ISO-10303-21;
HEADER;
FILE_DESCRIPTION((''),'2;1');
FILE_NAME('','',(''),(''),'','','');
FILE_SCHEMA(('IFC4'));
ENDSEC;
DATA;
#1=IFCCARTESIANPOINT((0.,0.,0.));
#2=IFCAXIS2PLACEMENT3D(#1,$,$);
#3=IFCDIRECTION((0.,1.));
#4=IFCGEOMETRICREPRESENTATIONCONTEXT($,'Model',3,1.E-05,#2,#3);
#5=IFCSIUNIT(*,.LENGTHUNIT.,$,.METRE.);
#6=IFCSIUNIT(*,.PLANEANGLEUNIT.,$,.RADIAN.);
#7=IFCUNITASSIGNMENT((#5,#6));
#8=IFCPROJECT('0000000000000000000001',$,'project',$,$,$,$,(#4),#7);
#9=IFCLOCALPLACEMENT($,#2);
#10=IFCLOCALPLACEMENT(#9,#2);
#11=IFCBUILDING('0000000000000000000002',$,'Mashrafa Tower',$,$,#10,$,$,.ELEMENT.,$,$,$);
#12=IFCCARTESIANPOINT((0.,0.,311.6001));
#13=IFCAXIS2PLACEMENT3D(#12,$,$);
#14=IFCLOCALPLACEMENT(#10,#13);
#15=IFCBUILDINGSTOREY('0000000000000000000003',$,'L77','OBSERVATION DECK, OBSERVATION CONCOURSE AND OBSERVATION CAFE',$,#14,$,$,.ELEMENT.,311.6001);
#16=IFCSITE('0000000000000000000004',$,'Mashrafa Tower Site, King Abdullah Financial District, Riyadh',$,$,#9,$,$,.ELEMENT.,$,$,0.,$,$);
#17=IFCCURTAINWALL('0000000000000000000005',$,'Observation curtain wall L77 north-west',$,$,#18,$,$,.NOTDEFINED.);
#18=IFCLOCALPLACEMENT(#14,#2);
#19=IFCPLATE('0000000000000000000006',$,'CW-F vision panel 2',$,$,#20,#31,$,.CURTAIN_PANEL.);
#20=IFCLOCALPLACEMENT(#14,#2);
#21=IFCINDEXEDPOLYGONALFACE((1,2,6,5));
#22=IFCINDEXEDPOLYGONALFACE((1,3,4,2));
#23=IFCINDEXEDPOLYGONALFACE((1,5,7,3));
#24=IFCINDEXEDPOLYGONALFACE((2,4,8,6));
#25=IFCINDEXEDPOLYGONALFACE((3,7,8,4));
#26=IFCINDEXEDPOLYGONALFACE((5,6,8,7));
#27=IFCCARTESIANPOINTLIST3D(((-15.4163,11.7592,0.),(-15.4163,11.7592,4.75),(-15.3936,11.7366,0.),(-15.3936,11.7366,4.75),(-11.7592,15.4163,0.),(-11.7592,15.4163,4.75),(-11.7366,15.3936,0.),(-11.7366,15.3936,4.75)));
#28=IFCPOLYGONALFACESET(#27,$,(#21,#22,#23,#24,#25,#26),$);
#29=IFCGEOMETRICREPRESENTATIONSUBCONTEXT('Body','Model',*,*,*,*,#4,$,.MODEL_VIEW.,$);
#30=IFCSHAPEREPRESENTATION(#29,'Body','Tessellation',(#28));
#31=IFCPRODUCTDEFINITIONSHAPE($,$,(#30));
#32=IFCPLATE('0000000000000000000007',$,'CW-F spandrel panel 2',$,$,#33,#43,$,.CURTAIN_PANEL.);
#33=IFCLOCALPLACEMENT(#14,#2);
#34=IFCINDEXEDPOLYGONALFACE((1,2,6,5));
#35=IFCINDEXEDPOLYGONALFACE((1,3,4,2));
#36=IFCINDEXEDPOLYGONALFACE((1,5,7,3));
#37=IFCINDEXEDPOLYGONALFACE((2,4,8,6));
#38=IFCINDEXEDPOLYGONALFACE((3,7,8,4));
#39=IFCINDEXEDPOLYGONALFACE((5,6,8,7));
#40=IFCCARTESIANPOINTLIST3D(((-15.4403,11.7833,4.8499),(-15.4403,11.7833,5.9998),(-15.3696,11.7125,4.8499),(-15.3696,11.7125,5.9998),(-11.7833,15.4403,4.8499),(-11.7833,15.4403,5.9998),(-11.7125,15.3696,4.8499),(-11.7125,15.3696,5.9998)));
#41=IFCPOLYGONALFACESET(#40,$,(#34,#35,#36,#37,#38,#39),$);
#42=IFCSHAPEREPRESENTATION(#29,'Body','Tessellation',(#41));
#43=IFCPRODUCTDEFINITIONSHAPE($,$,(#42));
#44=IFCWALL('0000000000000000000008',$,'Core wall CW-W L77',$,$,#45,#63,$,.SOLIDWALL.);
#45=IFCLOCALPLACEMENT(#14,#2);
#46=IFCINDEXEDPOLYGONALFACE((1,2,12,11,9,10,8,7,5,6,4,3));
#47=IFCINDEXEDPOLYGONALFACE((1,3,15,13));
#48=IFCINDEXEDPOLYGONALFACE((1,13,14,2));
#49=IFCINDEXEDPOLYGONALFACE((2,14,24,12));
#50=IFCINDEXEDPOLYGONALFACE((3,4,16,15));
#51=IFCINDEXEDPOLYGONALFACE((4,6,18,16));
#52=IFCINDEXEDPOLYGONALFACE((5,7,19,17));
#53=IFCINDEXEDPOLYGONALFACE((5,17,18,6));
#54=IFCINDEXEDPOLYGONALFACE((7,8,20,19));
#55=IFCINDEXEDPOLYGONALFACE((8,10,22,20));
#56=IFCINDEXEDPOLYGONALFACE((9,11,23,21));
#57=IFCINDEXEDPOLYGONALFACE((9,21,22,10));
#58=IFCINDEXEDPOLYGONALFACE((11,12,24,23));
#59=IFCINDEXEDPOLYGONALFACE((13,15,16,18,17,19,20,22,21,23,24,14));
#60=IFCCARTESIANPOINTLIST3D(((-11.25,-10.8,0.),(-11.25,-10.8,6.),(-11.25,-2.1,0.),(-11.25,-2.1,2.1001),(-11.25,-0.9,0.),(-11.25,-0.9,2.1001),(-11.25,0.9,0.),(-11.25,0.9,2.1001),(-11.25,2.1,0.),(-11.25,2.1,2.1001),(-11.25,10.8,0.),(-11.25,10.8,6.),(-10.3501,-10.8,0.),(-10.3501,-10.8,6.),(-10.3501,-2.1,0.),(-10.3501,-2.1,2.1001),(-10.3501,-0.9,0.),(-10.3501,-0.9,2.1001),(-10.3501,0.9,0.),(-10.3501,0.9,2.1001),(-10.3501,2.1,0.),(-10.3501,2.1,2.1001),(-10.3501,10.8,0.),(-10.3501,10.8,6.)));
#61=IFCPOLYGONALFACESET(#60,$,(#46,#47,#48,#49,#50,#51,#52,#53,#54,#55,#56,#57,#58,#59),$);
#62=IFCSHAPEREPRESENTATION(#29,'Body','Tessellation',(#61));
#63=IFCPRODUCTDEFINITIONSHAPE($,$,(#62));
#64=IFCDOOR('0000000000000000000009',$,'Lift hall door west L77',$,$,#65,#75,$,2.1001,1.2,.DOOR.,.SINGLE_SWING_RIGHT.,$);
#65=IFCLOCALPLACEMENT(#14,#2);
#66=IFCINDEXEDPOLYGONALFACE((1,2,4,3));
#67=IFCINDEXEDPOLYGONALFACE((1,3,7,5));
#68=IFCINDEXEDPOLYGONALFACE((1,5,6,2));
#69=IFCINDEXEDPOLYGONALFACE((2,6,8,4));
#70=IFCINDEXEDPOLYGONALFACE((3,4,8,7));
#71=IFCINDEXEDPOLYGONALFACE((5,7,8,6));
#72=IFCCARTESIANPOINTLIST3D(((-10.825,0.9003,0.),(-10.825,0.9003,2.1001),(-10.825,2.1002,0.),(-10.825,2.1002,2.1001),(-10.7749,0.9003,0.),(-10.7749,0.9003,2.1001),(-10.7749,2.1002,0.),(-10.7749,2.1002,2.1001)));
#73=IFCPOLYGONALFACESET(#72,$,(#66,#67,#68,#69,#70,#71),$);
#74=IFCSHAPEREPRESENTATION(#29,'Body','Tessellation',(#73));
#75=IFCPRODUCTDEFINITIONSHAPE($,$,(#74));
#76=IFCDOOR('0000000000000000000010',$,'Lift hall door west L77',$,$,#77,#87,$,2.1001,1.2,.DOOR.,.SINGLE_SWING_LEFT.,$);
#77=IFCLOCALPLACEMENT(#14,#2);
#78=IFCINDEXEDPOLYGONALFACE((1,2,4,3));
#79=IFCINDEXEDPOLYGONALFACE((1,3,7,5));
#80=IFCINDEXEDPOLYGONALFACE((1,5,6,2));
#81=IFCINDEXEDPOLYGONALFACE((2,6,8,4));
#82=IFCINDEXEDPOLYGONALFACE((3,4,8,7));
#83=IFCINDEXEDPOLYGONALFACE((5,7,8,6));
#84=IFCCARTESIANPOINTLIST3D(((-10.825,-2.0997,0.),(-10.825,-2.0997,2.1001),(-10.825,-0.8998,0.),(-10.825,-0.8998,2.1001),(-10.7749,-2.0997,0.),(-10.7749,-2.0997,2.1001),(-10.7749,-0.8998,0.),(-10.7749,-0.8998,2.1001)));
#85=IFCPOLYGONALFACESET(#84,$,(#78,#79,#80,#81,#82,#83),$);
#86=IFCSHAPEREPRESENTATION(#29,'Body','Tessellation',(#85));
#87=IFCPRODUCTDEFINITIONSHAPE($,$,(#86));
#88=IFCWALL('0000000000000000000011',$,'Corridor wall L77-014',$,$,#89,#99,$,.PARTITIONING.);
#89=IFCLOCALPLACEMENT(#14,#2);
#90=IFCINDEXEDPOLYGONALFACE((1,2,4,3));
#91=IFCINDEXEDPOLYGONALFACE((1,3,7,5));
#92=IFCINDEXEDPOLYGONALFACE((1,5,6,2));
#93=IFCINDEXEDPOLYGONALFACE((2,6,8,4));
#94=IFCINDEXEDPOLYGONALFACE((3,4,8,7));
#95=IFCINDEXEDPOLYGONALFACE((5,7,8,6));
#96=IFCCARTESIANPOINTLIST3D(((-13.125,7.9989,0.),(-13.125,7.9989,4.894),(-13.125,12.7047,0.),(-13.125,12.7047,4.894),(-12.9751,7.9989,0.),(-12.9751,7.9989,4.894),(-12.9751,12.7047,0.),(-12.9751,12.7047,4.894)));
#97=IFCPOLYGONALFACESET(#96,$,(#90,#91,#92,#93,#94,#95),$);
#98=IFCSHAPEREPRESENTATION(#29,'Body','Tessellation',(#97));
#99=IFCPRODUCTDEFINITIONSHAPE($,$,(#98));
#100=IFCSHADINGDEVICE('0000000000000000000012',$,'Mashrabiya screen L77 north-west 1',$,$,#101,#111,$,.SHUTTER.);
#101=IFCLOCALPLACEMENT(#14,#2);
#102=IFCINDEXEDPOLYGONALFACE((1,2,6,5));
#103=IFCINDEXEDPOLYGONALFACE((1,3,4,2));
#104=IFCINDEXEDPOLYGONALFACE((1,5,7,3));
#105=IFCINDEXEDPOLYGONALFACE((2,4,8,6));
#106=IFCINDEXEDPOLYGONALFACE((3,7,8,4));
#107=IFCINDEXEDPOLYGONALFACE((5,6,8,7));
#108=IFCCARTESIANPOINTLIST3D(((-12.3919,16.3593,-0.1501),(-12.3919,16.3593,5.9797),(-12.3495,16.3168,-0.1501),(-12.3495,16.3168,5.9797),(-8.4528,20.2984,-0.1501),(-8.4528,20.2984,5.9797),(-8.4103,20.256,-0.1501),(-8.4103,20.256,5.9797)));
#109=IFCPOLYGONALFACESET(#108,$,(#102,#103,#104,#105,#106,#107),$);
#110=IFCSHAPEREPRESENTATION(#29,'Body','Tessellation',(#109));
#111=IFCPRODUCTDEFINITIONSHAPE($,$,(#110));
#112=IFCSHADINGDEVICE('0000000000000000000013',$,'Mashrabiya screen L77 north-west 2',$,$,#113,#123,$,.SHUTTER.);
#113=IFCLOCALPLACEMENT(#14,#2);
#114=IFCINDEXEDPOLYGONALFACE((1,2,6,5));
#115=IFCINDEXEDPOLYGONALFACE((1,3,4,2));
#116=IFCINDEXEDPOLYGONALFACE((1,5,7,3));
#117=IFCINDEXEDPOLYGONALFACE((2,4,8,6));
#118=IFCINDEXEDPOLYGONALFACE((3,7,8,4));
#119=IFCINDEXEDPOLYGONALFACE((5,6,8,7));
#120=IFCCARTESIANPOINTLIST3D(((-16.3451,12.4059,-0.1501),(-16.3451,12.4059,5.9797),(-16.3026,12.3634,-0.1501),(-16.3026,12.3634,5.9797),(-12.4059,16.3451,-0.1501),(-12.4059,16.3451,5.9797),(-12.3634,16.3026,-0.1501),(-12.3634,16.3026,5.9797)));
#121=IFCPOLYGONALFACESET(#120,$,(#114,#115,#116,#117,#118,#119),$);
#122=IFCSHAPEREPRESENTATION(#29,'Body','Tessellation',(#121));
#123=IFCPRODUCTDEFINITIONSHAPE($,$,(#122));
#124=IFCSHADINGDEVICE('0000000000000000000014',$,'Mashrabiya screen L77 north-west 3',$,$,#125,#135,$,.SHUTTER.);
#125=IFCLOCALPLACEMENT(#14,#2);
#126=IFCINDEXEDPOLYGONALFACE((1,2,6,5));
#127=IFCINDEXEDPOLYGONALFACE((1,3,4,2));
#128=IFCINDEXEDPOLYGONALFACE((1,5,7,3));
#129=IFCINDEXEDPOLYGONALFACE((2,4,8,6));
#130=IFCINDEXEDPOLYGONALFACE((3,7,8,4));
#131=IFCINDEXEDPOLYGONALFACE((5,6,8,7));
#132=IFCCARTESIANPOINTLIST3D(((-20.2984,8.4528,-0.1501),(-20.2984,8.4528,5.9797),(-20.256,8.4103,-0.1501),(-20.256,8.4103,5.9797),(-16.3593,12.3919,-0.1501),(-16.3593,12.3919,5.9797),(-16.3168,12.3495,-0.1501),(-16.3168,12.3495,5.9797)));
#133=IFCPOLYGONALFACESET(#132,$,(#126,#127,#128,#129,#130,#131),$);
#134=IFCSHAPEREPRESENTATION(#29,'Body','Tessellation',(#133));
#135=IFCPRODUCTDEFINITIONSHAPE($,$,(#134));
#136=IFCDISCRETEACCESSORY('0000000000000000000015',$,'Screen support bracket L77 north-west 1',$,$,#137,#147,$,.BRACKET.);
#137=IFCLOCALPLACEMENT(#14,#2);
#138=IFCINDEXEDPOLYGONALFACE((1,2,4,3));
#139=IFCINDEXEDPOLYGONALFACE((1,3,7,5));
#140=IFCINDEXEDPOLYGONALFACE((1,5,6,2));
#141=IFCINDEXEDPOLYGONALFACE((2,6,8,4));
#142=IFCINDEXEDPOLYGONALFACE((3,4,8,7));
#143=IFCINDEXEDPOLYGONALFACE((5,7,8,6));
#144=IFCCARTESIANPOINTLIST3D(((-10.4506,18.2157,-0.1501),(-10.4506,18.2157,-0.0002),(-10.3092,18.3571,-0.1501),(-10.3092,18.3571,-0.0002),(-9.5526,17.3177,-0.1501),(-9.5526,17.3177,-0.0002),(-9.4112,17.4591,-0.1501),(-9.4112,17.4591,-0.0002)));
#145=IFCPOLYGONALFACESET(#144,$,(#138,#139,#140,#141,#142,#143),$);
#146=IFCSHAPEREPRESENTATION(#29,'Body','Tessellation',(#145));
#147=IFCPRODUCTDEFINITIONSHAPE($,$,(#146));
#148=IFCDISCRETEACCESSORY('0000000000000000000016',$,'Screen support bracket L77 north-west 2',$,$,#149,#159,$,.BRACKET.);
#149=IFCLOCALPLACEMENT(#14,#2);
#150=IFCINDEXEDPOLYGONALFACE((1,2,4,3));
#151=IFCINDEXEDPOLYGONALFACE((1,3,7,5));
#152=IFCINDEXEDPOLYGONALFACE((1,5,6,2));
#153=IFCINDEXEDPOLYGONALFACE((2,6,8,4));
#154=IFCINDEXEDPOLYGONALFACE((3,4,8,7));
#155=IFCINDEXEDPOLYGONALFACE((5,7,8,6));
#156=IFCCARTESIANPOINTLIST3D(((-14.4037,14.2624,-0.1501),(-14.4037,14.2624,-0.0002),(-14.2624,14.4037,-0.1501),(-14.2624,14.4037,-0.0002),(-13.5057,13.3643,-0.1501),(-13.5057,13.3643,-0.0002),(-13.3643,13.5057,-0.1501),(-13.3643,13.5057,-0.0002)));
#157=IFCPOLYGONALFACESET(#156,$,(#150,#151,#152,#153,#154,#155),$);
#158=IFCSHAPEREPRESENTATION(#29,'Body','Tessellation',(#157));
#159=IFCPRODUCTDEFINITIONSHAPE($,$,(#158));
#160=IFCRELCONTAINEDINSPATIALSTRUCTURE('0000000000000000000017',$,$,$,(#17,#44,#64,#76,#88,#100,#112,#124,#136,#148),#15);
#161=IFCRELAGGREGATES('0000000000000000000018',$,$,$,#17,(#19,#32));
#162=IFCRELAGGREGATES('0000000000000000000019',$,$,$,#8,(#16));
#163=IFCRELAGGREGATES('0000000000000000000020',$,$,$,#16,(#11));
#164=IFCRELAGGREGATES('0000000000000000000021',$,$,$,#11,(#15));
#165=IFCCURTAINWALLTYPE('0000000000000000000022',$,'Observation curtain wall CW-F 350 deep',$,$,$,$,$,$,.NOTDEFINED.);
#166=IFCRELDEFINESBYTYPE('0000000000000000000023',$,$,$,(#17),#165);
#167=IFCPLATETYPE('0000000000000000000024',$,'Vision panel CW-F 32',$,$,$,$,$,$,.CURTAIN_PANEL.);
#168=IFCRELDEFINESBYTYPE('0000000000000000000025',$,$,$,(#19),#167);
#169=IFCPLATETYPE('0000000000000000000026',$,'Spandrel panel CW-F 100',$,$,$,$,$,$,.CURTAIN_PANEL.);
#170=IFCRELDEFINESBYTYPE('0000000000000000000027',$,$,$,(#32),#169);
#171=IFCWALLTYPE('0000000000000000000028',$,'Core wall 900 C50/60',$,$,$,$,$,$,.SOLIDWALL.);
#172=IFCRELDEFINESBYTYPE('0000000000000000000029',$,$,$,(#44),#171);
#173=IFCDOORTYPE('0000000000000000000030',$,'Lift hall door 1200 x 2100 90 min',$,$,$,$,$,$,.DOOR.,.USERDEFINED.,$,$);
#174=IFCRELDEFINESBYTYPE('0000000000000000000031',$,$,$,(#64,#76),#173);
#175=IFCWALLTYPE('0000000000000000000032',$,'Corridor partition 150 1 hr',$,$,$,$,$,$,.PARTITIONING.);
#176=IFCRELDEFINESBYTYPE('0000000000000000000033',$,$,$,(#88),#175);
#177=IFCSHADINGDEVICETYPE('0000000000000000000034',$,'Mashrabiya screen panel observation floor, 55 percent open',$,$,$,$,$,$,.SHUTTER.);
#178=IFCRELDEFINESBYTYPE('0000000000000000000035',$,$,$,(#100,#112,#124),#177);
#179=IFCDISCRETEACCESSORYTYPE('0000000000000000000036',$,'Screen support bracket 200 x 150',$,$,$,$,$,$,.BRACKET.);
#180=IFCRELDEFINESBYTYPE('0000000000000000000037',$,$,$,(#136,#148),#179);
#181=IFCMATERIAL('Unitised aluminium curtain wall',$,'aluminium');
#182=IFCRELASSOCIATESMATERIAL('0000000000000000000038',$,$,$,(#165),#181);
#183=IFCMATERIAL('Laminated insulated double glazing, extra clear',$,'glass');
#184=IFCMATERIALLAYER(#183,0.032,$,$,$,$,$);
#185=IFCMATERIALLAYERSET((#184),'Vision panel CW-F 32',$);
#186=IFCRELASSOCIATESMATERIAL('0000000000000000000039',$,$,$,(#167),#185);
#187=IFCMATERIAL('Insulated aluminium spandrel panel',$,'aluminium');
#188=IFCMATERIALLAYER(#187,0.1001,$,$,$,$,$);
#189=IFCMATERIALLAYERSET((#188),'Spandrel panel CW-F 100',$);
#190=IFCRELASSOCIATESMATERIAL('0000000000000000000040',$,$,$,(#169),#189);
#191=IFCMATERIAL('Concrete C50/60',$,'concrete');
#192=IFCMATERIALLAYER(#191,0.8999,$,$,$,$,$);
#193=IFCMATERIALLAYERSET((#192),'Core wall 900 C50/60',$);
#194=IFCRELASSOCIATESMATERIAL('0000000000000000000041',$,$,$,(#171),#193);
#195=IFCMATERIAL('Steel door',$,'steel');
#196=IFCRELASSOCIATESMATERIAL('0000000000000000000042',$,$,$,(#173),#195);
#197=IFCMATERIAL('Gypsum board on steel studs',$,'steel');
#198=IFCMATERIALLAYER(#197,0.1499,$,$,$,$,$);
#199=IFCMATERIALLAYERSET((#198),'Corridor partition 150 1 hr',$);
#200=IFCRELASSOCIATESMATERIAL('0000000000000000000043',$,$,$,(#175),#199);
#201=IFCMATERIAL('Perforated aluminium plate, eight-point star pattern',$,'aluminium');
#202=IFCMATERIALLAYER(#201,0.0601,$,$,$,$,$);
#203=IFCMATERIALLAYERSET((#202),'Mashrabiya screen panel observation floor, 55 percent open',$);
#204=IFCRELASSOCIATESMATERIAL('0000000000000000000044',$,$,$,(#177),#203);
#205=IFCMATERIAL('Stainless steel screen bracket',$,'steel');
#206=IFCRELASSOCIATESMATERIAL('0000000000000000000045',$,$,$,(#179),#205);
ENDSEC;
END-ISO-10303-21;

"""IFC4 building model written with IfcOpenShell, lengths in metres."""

from ifc_helpers import new_model, si_unit, direction, frame, frame_2d, origin, origin_2d, place, context, subcontext, project, spatial, rectangle, extrude, source, transform, mapped, material, layer, layer_set, type_object, type_shapes, element, fill, aggregate, save


model = new_model("IFC4")

# Units and contexts
model_context = context("Model", 3, precision=1e-05, world=origin(), true_north=direction((0.0, 1.0)))
body_context = subcontext(model_context, "Body", "Model", "MODEL_VIEW")
ifc_project = project(units=[si_unit("LENGTHUNIT", "METRE"), si_unit("PLANEANGLEUNIT", "RADIAN")], contexts=[model_context])

# Site, building, storey
site_placement = place(None, origin())
site = spatial("IfcSite", under=ifc_project, at=site_placement, Name="Mashrafa Tower Site, King Abdullah Financial District, Riyadh", CompositionType="ELEMENT", RefElevation=0.0)
building_placement = place(site_placement, origin())
building = spatial("IfcBuilding", under=site, at=building_placement, Name="Mashrafa Tower", CompositionType="ELEMENT")
storey_placement = place(building_placement, frame((0.0, 0.0, 311.6001)))
storey = spatial("IfcBuildingStorey", under=building, at=storey_placement, Name="L77", Description="OBSERVATION DECK, OBSERVATION CONCOURSE AND OBSERVATION CAFE", CompositionType="ELEMENT", Elevation=311.6001)

# Curtain wall, plates
ifc_material_1 = material(Name="Unitised aluminium curtain wall", Category="aluminium")
curtain_wall_type = type_object("IfcCurtainWallType", Name="Observation curtain wall CW-F 350 deep", PredefinedType="NOTDEFINED", material=ifc_material_1)
curtain_wall_placement = place(storey_placement, origin())
curtain_wall = element("IfcCurtainWall", 1, at=curtain_wall_placement, inside=storey, type_object=curtain_wall_type, Name="Observation curtain wall L77 north-west", PredefinedType="NOTDEFINED")
ifc_material_2 = material(Name="Laminated insulated double glazing, extra clear", Category="glass")
ifc_layer_1 = layer(ifc_material_2, 0.032)
ifc_layer_set_1 = layer_set([ifc_layer_1], Name="Vision panel CW-F 32")
plate_type_1 = type_object("IfcPlateType", Name="Vision panel CW-F 32", PredefinedType="CURTAIN_PANEL", material=ifc_layer_set_1)
ifc_material_3 = material(Name="Insulated aluminium spandrel panel", Category="aluminium")
ifc_layer_2 = layer(ifc_material_3, 0.1001)
ifc_layer_set_2 = layer_set([ifc_layer_2], Name="Spandrel panel CW-F 100")
plate_type_2 = type_object("IfcPlateType", Name="Spandrel panel CW-F 100", PredefinedType="CURTAIN_PANEL", material=ifc_layer_set_2)
shared_shape_1 = source(origin(), body_context, "Body", "SweptSolid", [
    extrude(rectangle(XDim=5.1719, YDim=0.032, at=origin_2d()), origin(), (0.0, 0.0, 1.0), 4.75),
])
plate_1_placement = place(storey_placement, frame((-13.5764, 13.5764, 0.0), z_axis=(0.0, 0.0, 1.0), x_axis=(-0.707107, -0.707107, 0.0)))
plate_1 = element("IfcPlate", 2, at=plate_1_placement, type_object=plate_type_1, Name="CW-F vision panel 2", PredefinedType="CURTAIN_PANEL", context=body_context, shape_type="MappedRepresentation", body=[
    mapped(shared_shape_1, transform((0.0, 0.0, 0.0))),
])
shared_shape_2 = source(origin(), body_context, "Body", "SweptSolid", [
    extrude(rectangle(XDim=5.1719, YDim=0.1001, at=origin_2d()), origin(), (0.0, 0.0, 1.0), 1.1499),
])
plate_2_placement = place(storey_placement, frame((-13.5764, 13.5764, 4.8499), z_axis=(0.0, 0.0, 1.0), x_axis=(-0.707107, -0.707107, 0.0)))
plate_2 = element("IfcPlate", 3, at=plate_2_placement, type_object=plate_type_2, Name="CW-F spandrel panel 2", PredefinedType="CURTAIN_PANEL", context=body_context, shape_type="MappedRepresentation", body=[
    mapped(shared_shape_2, transform((0.0, 0.0, 0.0))),
])
aggregate(curtain_wall, [plate_1, plate_2])

# Wall, openings, doors
ifc_material_4 = material(Name="Concrete C50/60", Category="concrete")
ifc_layer_3 = layer(ifc_material_4, 0.8999)
ifc_layer_set_3 = layer_set([ifc_layer_3], Name="Core wall 900 C50/60")
wall_type_1 = type_object("IfcWallType", Name="Core wall 900 C50/60", PredefinedType="SOLIDWALL", material=ifc_layer_set_3)
wall_1_placement = place(storey_placement, frame((-10.8, 10.8, 0.0), z_axis=(0.0, 0.0, 1.0), x_axis=(0.0, -1.0, 0.0)))
wall_1 = element("IfcWall", 4, at=wall_1_placement, inside=storey, type_object=wall_type_1, Name="Core wall CW-W L77", PredefinedType="SOLIDWALL", context=body_context, shape_type="SweptSolid", body=[
    extrude(rectangle(XDim=21.6001, YDim=0.8999, at=frame_2d((10.8, 0.0))), origin(), (0.0, 0.0, 1.0), 6.0),
])
opening_1_placement = place(wall_1_placement, frame((8.7, 0.0, 0.0)))
opening_1 = element("IfcOpeningElement", 5, at=opening_1_placement, cuts=wall_1, PredefinedType="OPENING", context=body_context, shape_type="SweptSolid", body=[
    extrude(rectangle(XDim=1.2, YDim=2.1001, at=frame_2d((0.6001, 1.05))), frame((0.0, 0.46, 0.0), z_axis=(0.0, -1.0, 0.0), x_axis=(1.0, 0.0, 0.0)), (0.0, 0.0, 1.0), 0.9199),
])
opening_2_placement = place(wall_1_placement, frame((11.7, 0.0, 0.0)))
opening_2 = element("IfcOpeningElement", 6, at=opening_2_placement, cuts=wall_1, PredefinedType="OPENING", context=body_context, shape_type="SweptSolid", body=[
    extrude(rectangle(XDim=1.2, YDim=2.1001, at=frame_2d((0.6001, 1.05))), frame((0.0, 0.46, 0.0), z_axis=(0.0, -1.0, 0.0), x_axis=(1.0, 0.0, 0.0)), (0.0, 0.0, 1.0), 0.9199),
])
ifc_material_5 = material(Name="Steel door", Category="steel")
door_type = type_object("IfcDoorType", Name="Lift hall door 1200 x 2100 90 min", OperationType="USERDEFINED", PredefinedType="DOOR", material=ifc_material_5)
door_1_placement = place(opening_1_placement, frame((1.2, 0.0, 0.0), z_axis=(0.0, 0.0, 1.0), x_axis=(-1.0, 0.0, 0.0)))
door_1 = element("IfcDoor", 7, at=door_1_placement, inside=storey, type_object=door_type, Name="Lift hall door west L77", OperationType="SINGLE_SWING_RIGHT", OverallHeight=2.1001, OverallWidth=1.2, PredefinedType="DOOR", context=body_context, shape_type="SweptSolid", body=[
    extrude(rectangle(XDim=1.2, YDim=2.1001, at=frame_2d((0.6001, 1.05))), frame((0.0, 0.0249, 0.0), z_axis=(0.0, -1.0, 0.0), x_axis=(1.0, 0.0, 0.0)), (0.0, 0.0, 1.0), 0.05),
])
fill(opening_1, door_1)
door_2_placement = place(opening_2_placement, frame((1.2, 0.0, 0.0), z_axis=(0.0, 0.0, 1.0), x_axis=(-1.0, 0.0, 0.0)))
door_2 = element("IfcDoor", 8, at=door_2_placement, inside=storey, type_object=door_type, Name="Lift hall door west L77", OperationType="SINGLE_SWING_LEFT", OverallHeight=2.1001, OverallWidth=1.2, PredefinedType="DOOR", context=body_context, shape_type="SweptSolid", body=[
    extrude(rectangle(XDim=1.2, YDim=2.1001, at=frame_2d((0.6001, 1.05))), frame((0.0, 0.0249, 0.0), z_axis=(0.0, -1.0, 0.0), x_axis=(1.0, 0.0, 0.0)), (0.0, 0.0, 1.0), 0.05),
])
fill(opening_2, door_2)

# Wall
ifc_material_6 = material(Name="Gypsum board on steel studs", Category="steel")
ifc_layer_4 = layer(ifc_material_6, 0.1499)
ifc_layer_set_4 = layer_set([ifc_layer_4], Name="Corridor partition 150 1 hr")
wall_type_2 = type_object("IfcWallType", Name="Corridor partition 150 1 hr", PredefinedType="PARTITIONING", material=ifc_layer_set_4)
wall_2_placement = place(storey_placement, frame((-13.05, 12.7048, 0.0), z_axis=(0.0, 0.0, 1.0), x_axis=(0.0, -1.0, 0.0)))
element("IfcWall", 9, at=wall_2_placement, inside=storey, type_object=wall_type_2, Name="Corridor wall L77-014", PredefinedType="PARTITIONING", context=body_context, shape_type="SweptSolid", body=[
    extrude(rectangle(XDim=4.7058, YDim=0.1499, at=frame_2d((2.353, 0.0))), origin(), (0.0, 0.0, 1.0), 4.894),
])

# Shading devices
ifc_material_7 = material(Name="Perforated aluminium plate, eight-point star pattern", Category="aluminium")
ifc_layer_5 = layer(ifc_material_7, 0.0601)
ifc_layer_set_5 = layer_set([ifc_layer_5], Name="Mashrabiya screen panel observation floor, 55 percent open")
shading_device_type = type_object("IfcShadingDeviceType", Name="Mashrabiya screen panel observation floor, 55 percent open", PredefinedType="SHUTTER", material=ifc_layer_set_5)
shared_shape_3 = source(origin(), body_context, "Body", "SweptSolid", [
    extrude(rectangle(XDim=5.5708, YDim=0.0601, at=origin_2d()), origin(), (0.0, 0.0, 1.0), 6.1299),
])
type_shapes(shading_device_type, [shared_shape_3])
for number, where, z_axis, x_axis, name in (
    (10, (-10.4011, 18.3076, -0.1501), (0.0, 0.0, 1.0), (-0.707107, -0.707107, 0.0), "Mashrabiya screen L77 north-west 1"),
    (11, (-14.3542, 14.3542, -0.1501), (0.0, 0.0, 1.0), (-0.707107, -0.707107, 0.0), "Mashrabiya screen L77 north-west 2"),
    (12, (-18.3076, 10.4011, -0.1501), (0.0, 0.0, 1.0), (-0.707107, -0.707107, 0.0), "Mashrabiya screen L77 north-west 3"),
):
    element("IfcShadingDevice", number, at=place(storey_placement, frame(where, z_axis=z_axis, x_axis=x_axis)), inside=storey, type_object=shading_device_type, Name=name, PredefinedType="SHUTTER", context=body_context, shape_type="MappedRepresentation", body=[
        mapped(shared_shape_3, transform((0.0, 0.0, 0.0))),
    ])

# Discrete accessories
ifc_material_8 = material(Name="Stainless steel screen bracket", Category="steel")
discrete_accessory_type = type_object("IfcDiscreteAccessoryType", Name="Screen support bracket 200 x 150", PredefinedType="BRACKET", material=ifc_material_8)
shared_shape_4 = source(origin(), body_context, "Body", "SweptSolid", [
    extrude(rectangle(XDim=0.2, YDim=1.27, at=origin_2d()), origin(), (0.0, 0.0, 1.0), 0.1499),
])
type_shapes(discrete_accessory_type, [shared_shape_4])
for number, where, z_axis, x_axis, name in (
    (13, (-9.9309, 17.8374, -0.1501), (0.0, 0.0, 1.0), (-0.707107, -0.707107, 0.0), "Screen support bracket L77 north-west 1"),
    (14, (-13.884, 13.884, -0.1501), (0.0, 0.0, 1.0), (-0.707107, -0.707107, 0.0), "Screen support bracket L77 north-west 2"),
):
    element("IfcDiscreteAccessory", number, at=place(storey_placement, frame(where, z_axis=z_axis, x_axis=x_axis)), inside=storey, type_object=discrete_accessory_type, Name=name, PredefinedType="BRACKET", context=body_context, shape_type="MappedRepresentation", body=[
        mapped(shared_shape_4, transform((0.0, 0.0, 0.0))),
    ])

save(model, "model.ifc")
